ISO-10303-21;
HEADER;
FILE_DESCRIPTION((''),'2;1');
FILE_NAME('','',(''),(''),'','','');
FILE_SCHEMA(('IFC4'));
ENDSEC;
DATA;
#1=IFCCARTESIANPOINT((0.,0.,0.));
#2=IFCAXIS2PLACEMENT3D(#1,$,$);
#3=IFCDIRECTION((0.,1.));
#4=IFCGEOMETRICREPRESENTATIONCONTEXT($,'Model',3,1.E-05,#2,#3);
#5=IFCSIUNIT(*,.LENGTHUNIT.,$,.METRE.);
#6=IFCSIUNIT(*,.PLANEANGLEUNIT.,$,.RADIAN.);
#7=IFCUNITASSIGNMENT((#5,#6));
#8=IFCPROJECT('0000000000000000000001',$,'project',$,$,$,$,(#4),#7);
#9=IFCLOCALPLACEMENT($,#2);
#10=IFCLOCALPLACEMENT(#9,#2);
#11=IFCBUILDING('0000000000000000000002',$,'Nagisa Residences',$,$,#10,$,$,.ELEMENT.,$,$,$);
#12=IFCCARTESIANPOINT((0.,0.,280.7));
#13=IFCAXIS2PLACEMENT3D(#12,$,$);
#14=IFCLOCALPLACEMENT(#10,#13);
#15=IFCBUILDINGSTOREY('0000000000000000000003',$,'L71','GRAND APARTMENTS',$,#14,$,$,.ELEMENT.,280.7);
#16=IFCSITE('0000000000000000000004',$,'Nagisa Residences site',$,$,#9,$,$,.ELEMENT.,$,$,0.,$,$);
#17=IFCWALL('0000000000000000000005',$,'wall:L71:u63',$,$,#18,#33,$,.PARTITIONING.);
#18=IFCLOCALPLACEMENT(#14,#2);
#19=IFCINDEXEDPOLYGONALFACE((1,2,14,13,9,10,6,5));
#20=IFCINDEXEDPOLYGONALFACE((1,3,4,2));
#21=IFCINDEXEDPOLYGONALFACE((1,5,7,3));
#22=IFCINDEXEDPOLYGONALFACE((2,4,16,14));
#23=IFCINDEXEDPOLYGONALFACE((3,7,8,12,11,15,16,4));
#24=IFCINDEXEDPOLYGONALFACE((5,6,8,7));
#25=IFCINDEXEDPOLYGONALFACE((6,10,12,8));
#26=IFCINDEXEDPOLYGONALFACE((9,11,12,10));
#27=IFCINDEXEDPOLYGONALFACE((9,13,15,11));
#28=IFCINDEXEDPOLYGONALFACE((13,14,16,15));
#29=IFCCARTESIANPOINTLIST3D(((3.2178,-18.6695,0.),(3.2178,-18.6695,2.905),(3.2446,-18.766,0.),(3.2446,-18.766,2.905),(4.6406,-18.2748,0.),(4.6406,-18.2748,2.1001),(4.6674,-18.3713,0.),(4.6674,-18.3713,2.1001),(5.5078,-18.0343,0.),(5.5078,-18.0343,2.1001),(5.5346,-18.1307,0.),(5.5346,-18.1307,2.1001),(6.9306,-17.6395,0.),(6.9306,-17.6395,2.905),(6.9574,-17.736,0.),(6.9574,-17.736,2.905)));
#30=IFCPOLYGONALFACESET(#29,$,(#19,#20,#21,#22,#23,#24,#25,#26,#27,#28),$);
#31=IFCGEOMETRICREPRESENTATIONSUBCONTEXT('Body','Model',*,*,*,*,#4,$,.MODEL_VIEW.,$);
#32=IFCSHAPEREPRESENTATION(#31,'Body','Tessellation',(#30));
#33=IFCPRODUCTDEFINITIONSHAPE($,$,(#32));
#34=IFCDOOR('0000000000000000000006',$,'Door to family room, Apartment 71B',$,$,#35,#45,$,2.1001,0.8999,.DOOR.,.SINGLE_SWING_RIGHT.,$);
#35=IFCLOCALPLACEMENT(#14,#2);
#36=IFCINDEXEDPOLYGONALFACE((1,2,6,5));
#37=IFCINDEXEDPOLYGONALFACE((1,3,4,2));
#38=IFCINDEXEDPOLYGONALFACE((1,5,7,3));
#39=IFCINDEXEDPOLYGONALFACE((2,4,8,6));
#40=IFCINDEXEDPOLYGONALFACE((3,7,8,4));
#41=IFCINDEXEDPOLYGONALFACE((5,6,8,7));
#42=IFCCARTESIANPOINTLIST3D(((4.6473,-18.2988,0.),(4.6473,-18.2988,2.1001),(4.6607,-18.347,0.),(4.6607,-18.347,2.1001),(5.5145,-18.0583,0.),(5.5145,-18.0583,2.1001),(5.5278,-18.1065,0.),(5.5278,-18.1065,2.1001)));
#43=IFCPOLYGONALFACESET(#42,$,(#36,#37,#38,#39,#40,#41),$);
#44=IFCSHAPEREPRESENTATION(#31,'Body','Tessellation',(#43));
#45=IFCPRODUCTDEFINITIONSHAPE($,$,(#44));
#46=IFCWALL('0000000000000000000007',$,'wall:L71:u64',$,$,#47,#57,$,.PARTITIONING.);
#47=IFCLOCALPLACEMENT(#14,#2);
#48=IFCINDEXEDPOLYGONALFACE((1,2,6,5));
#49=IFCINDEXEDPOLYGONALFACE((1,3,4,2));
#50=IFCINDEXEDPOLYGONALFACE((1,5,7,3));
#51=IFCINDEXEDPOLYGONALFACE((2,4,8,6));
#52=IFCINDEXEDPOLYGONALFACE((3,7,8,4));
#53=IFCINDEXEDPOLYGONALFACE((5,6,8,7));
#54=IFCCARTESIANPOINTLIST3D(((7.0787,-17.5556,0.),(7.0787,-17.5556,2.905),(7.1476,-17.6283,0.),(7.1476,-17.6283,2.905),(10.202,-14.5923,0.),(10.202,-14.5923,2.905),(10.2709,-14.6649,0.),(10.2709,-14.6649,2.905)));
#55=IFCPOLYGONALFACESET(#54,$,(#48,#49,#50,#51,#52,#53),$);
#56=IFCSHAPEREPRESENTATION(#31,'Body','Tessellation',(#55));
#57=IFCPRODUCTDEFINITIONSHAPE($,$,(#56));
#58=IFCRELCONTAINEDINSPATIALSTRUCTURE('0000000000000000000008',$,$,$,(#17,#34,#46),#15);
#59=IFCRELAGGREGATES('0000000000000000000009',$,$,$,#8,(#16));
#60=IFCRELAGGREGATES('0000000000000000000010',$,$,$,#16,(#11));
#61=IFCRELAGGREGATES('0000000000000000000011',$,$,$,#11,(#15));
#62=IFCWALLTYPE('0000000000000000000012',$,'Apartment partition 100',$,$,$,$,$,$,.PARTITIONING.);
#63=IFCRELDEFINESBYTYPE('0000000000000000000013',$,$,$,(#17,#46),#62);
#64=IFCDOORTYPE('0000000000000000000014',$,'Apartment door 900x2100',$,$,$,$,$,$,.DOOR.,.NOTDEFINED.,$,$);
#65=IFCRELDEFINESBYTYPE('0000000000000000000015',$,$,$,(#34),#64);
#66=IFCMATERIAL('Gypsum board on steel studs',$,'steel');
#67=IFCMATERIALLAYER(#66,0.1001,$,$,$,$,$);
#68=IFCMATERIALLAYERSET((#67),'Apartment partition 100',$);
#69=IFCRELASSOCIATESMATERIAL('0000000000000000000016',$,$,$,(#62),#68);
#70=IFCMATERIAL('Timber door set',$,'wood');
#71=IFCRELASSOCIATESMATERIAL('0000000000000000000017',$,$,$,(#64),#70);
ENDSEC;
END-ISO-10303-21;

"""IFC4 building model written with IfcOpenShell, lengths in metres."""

from ifc_helpers import new_model, si_unit, direction, frame, frame_2d, origin, place, context, subcontext, project, spatial, rectangle, extrude, material, layer, layer_set, type_object, element, fill, save


model = new_model("IFC4")

# Units and contexts
model_context = context("Model", 3, precision=1e-05, world=origin(), true_north=direction((0.0, 1.0)))
body_context = subcontext(model_context, "Body", "Model", "MODEL_VIEW")
ifc_project = project(units=[si_unit("LENGTHUNIT", "METRE"), si_unit("PLANEANGLEUNIT", "RADIAN")], contexts=[model_context])

# Site, building, storey
site_placement = place(None, origin())
site = spatial("IfcSite", under=ifc_project, at=site_placement, Name="Nagisa Residences site", CompositionType="ELEMENT", RefElevation=0.0)
building_placement = place(site_placement, origin())
building = spatial("IfcBuilding", under=site, at=building_placement, Name="Nagisa Residences", CompositionType="ELEMENT")
storey_placement = place(building_placement, frame((0.0, 0.0, 280.7)))
storey = spatial("IfcBuildingStorey", under=building, at=storey_placement, Name="L71", Description="GRAND APARTMENTS", CompositionType="ELEMENT", Elevation=280.7)

# Wall, opening, door
ifc_material_1 = material(Name="Gypsum board on steel studs", Category="steel")
ifc_layer_1 = layer(ifc_material_1, 0.1001)
ifc_layer_set_1 = layer_set([ifc_layer_1], Name="Apartment partition 100")
wall_type_1 = type_object("IfcWallType", Name="Apartment partition 100", PredefinedType="PARTITIONING", material=ifc_layer_set_1)
ifc_material_2 = material(Name="Timber door set", Category="wood")
door_type_1 = type_object("IfcDoorType", Name="Apartment door 900x2100", OperationType="NOTDEFINED", PredefinedType="DOOR", material=ifc_material_2)
wall_1_placement = place(storey_placement, frame((3.2312, -18.7178, 0.0), z_axis=(0.0, 0.0, 1.0), x_axis=(0.963607, 0.267324, 0.0)))
wall_1 = element("IfcWall", 1, at=wall_1_placement, inside=storey, type_object=wall_type_1, Name="wall:L71:u63", PredefinedType="PARTITIONING", context=body_context, shape_type="SweptSolid", body=[
    extrude(rectangle(XDim=3.853, YDim=0.1001, at=frame_2d((1.9265, 0.0))), origin(), (0.0, 0.0, 1.0), 2.905),
])
opening_1_placement = place(wall_1_placement, frame((1.4766, 0.0, 0.0)))
opening_1 = element("IfcOpeningElement", 2, at=opening_1_placement, cuts=wall_1, PredefinedType="OPENING", context=body_context, shape_type="SweptSolid", body=[
    extrude(rectangle(XDim=0.8999, YDim=2.1001, at=frame_2d((0.45, 1.05))), frame((0.0, 0.0601, 0.0), z_axis=(0.0, -1.0, 0.0), x_axis=(1.0, 0.0, 0.0)), (0.0, 0.0, 1.0), 0.1201),
])
door_1_placement = place(opening_1_placement, frame((0.8999, 0.0, 0.0), x_axis=(-1.0, 0.0, 0.0)))
door_1 = element("IfcDoor", 3, at=door_1_placement, inside=storey, type_object=door_type_1, Name="Door to family room, Apartment 71B", OperationType="SINGLE_SWING_RIGHT", OverallHeight=2.1001, OverallWidth=0.8999, PredefinedType="DOOR", context=body_context, shape_type="SweptSolid", body=[
    extrude(rectangle(XDim=0.8999, YDim=2.1001, at=frame_2d((0.45, 1.05))), frame((0.0, 0.0249, 0.0), z_axis=(0.0, -1.0, 0.0), x_axis=(1.0, 0.0, 0.0)), (0.0, 0.0, 1.0), 0.05),
])
fill(opening_1, door_1)

# Wall
wall_2_placement = place(storey_placement, frame((7.113, -17.592, 0.0), z_axis=(0.0, 0.0, 1.0), x_axis=(0.725434, 0.688292, 0.0)))
element("IfcWall", 4, at=wall_2_placement, inside=storey, type_object=wall_type_1, Name="wall:L71:u64", PredefinedType="PARTITIONING", context=body_context, shape_type="SweptSolid", body=[
    extrude(rectangle(XDim=4.3054, YDim=0.1001, at=frame_2d((2.1528, 0.0))), origin(), (0.0, 0.0, 1.0), 2.905),
])

save(model, "model.ifc")
